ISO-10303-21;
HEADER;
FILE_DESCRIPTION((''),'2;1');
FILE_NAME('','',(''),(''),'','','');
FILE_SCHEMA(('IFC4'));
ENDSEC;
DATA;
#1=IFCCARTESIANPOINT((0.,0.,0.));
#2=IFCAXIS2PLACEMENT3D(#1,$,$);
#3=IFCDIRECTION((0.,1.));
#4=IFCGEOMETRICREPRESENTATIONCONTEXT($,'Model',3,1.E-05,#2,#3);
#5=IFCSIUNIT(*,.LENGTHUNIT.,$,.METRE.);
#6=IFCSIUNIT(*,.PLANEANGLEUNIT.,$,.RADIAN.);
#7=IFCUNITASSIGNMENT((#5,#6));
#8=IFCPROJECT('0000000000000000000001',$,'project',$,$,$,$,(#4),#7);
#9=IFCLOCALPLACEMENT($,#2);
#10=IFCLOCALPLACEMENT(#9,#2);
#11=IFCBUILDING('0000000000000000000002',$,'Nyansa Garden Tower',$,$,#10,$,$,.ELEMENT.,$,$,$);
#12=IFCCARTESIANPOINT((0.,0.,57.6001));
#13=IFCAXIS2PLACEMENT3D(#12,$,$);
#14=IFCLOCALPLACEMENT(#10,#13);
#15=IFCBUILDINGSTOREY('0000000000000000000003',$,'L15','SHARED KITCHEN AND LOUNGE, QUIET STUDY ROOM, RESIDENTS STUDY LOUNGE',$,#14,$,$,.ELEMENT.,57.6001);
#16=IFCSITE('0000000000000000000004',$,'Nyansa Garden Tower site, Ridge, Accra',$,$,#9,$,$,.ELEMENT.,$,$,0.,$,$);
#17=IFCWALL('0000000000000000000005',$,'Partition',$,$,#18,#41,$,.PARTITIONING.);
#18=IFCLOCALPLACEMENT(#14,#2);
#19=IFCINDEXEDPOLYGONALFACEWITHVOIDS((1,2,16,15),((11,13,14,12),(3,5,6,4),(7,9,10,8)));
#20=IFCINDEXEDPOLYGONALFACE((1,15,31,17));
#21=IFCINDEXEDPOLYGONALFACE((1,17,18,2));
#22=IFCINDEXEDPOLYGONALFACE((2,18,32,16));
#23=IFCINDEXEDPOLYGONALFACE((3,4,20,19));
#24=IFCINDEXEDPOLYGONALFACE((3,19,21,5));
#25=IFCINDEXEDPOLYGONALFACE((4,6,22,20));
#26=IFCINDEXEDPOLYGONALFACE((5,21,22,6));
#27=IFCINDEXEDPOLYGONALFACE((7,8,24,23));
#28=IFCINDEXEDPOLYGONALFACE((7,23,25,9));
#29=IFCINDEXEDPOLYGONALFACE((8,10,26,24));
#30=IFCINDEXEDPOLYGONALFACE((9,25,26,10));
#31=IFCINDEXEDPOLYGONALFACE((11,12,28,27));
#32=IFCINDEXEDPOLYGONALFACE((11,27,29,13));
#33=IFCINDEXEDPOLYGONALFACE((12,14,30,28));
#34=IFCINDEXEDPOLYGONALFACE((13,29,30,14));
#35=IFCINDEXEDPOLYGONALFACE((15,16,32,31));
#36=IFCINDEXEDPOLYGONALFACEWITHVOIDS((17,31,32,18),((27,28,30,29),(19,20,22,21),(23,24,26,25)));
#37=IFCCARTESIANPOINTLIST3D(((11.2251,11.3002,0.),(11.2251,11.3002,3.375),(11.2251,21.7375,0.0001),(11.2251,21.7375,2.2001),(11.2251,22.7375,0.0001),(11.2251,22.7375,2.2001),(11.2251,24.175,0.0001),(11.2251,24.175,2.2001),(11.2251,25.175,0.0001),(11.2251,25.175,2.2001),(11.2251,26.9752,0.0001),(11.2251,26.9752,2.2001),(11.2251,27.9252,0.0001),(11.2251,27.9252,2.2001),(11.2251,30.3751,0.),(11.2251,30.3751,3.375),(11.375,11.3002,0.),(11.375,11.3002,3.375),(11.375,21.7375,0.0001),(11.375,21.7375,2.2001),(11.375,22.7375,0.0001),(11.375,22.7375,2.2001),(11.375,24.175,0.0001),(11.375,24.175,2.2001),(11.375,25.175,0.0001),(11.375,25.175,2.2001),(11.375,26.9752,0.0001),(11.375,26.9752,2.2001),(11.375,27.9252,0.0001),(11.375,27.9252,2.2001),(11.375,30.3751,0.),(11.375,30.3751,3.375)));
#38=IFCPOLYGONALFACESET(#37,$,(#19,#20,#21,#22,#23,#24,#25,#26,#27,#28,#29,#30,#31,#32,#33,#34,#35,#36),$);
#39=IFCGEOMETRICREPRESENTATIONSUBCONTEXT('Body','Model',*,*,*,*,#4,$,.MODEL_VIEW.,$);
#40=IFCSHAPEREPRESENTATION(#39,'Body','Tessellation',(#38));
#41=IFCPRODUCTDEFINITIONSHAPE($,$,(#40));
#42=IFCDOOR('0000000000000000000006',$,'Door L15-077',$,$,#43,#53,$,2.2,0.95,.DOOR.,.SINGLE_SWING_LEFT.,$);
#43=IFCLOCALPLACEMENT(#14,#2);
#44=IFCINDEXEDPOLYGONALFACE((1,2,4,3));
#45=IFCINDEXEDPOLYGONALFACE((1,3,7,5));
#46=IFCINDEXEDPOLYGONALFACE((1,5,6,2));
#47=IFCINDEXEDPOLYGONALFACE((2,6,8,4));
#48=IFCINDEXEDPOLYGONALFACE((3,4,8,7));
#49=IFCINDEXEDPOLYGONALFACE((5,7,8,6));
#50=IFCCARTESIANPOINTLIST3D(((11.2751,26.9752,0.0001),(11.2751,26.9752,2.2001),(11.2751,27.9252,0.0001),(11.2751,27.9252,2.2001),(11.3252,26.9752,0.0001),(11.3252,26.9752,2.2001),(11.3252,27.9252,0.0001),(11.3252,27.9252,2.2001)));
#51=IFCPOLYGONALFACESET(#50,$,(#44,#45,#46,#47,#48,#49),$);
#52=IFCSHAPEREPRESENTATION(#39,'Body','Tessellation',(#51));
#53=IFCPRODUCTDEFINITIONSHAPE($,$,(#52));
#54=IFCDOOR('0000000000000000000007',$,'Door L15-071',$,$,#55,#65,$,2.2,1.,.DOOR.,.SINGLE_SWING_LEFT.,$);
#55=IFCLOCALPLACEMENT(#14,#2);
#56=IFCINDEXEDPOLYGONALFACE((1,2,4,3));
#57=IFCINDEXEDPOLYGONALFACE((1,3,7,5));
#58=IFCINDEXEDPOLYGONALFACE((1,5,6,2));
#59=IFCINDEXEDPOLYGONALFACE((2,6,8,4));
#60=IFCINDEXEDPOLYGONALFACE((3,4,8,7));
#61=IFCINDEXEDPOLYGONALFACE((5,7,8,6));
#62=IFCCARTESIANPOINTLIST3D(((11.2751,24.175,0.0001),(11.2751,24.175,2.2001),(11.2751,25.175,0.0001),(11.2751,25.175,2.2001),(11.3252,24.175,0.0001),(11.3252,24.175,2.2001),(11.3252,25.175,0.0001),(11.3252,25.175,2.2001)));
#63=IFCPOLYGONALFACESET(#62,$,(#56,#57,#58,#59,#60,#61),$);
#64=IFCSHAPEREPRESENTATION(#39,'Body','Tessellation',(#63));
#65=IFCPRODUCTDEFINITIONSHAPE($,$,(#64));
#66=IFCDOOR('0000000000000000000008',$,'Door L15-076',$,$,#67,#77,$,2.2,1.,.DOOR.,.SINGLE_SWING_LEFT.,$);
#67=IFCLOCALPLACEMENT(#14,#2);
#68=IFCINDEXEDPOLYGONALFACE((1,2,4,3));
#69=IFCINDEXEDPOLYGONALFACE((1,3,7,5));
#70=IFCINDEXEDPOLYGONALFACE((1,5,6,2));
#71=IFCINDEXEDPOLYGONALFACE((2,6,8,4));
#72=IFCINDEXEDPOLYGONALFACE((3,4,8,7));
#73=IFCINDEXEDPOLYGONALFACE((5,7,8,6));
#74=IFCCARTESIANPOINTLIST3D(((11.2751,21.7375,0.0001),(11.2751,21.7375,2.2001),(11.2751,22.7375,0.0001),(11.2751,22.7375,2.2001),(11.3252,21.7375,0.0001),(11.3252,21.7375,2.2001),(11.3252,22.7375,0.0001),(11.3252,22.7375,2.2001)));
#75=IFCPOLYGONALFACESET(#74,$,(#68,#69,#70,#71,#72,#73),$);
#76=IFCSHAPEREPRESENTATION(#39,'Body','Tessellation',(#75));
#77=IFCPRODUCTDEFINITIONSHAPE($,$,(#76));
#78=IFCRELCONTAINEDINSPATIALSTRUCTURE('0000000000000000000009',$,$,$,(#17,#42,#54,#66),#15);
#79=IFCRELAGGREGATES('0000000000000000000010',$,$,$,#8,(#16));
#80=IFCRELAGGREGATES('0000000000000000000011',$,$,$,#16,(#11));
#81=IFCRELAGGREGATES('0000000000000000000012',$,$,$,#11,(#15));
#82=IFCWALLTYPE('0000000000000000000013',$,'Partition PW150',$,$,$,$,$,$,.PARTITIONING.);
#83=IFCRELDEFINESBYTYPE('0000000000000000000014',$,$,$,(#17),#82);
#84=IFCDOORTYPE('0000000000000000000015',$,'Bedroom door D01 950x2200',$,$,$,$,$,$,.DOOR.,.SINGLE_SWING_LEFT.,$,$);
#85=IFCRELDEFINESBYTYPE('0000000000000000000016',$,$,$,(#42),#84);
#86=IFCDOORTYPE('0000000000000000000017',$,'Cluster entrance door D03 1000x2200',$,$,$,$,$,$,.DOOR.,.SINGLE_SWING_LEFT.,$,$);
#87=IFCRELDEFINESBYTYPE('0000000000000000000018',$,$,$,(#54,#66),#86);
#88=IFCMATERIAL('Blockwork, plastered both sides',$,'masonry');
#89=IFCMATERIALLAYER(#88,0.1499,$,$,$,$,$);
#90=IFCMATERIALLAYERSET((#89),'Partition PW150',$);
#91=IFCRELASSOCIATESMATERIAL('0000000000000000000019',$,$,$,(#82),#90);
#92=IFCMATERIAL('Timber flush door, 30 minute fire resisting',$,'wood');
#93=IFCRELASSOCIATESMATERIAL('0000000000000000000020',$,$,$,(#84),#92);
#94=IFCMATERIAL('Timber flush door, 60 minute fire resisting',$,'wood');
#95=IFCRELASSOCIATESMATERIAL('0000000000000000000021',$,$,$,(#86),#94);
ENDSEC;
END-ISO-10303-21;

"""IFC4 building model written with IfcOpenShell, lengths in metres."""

from ifc_helpers import new_model, si_unit, direction, frame, frame_2d, origin, place, context, subcontext, project, spatial, rectangle, extrude, material, layer, layer_set, type_object, element, fill, save


model = new_model("IFC4")

# Units and contexts
model_context = context("Model", 3, precision=1e-05, world=origin(), true_north=direction((0.0, 1.0)))
body_context = subcontext(model_context, "Body", "Model", "MODEL_VIEW")
ifc_project = project(units=[si_unit("LENGTHUNIT", "METRE"), si_unit("PLANEANGLEUNIT", "RADIAN")], contexts=[model_context])

# Site, building, storey
site_placement = place(None, origin())
site = spatial("IfcSite", under=ifc_project, at=site_placement, Name="Nyansa Garden Tower site, Ridge, Accra", CompositionType="ELEMENT", RefElevation=0.0)
building_placement = place(site_placement, origin())
building = spatial("IfcBuilding", under=site, at=building_placement, Name="Nyansa Garden Tower", CompositionType="ELEMENT")
storey_placement = place(building_placement, frame((0.0, 0.0, 57.6001)))
storey = spatial("IfcBuildingStorey", under=building, at=storey_placement, Name="L15", Description="SHARED KITCHEN AND LOUNGE, QUIET STUDY ROOM, RESIDENTS STUDY LOUNGE", CompositionType="ELEMENT", Elevation=57.6001)

# Shared definitions
ifc_material_1 = material(Name="Blockwork, plastered both sides", Category="masonry")
ifc_layer_1 = layer(ifc_material_1, 0.1499)
ifc_layer_set_1 = layer_set([ifc_layer_1], Name="Partition PW150")
wall_type_1 = type_object("IfcWallType", Name="Partition PW150", PredefinedType="PARTITIONING", material=ifc_layer_set_1)

# Wall, openings, doors
wall_1_placement = place(storey_placement, frame((11.3, 11.3, 0.0), z_axis=(0.0, 0.0, 1.0), x_axis=(0.0, 1.0, 0.0)))
wall_1 = element("IfcWall", 1, at=wall_1_placement, inside=storey, type_object=wall_type_1, Name="Partition", PredefinedType="PARTITIONING", context=body_context, shape_type="SweptSolid", body=[
    extrude(rectangle(XDim=19.075, YDim=0.1499, at=frame_2d((9.5376, 0.0))), origin(), (0.0, 0.0, 1.0), 3.375),
])
opening_1_placement = place(wall_1_placement, frame((12.875, 0.0, 0.0)))
opening_1 = element("IfcOpeningElement", 2, at=opening_1_placement, cuts=wall_1, PredefinedType="OPENING", context=body_context, shape_type="SweptSolid", body=[
    extrude(rectangle(XDim=1.0, YDim=2.2, at=frame_2d((0.5, 1.1001))), frame((0.0, 0.085, 0.0), z_axis=(0.0, -1.0, 0.0), x_axis=(1.0, 0.0, 0.0)), (0.0, 0.0, 1.0), 0.1699),
])
opening_2_placement = place(wall_1_placement, frame((10.4375, 0.0, 0.0)))
opening_2 = element("IfcOpeningElement", 3, at=opening_2_placement, cuts=wall_1, PredefinedType="OPENING", context=body_context, shape_type="SweptSolid", body=[
    extrude(rectangle(XDim=1.0, YDim=2.2, at=frame_2d((0.5, 1.1001))), frame((0.0, 0.085, 0.0), z_axis=(0.0, -1.0, 0.0), x_axis=(1.0, 0.0, 0.0)), (0.0, 0.0, 1.0), 0.1699),
])
opening_3_placement = place(wall_1_placement, frame((15.675, 0.0, 0.0)))
opening_3 = element("IfcOpeningElement", 4, at=opening_3_placement, cuts=wall_1, PredefinedType="OPENING", context=body_context, shape_type="SweptSolid", body=[
    extrude(rectangle(XDim=0.95, YDim=2.2, at=frame_2d((0.4751, 1.1001))), frame((0.0, 0.085, 0.0), z_axis=(0.0, -1.0, 0.0), x_axis=(1.0, 0.0, 0.0)), (0.0, 0.0, 1.0), 0.1699),
])
ifc_material_2 = material(Name="Timber flush door, 30 minute fire resisting", Category="wood")
door_type_1 = type_object("IfcDoorType", Name="Bedroom door D01 950x2200", OperationType="SINGLE_SWING_LEFT", PredefinedType="DOOR", material=ifc_material_2)
door_1_placement = place(opening_3_placement, origin())
door_1 = element("IfcDoor", 5, at=door_1_placement, inside=storey, type_object=door_type_1, Name="Door L15-077", OperationType="SINGLE_SWING_LEFT", OverallHeight=2.2, OverallWidth=0.95, PredefinedType="DOOR", context=body_context, shape_type="SweptSolid", body=[
    extrude(rectangle(XDim=0.95, YDim=2.2, at=frame_2d((0.4751, 1.1001))), frame((0.0, 0.0249, 0.0), z_axis=(0.0, -1.0, 0.0), x_axis=(1.0, 0.0, 0.0)), (0.0, 0.0, 1.0), 0.05),
])
fill(opening_3, door_1)
ifc_material_3 = material(Name="Timber flush door, 60 minute fire resisting", Category="wood")
door_type_2 = type_object("IfcDoorType", Name="Cluster entrance door D03 1000x2200", OperationType="SINGLE_SWING_LEFT", PredefinedType="DOOR", material=ifc_material_3)
door_2_placement = place(opening_1_placement, origin())
door_2 = element("IfcDoor", 6, at=door_2_placement, inside=storey, type_object=door_type_2, Name="Door L15-071", OperationType="SINGLE_SWING_LEFT", OverallHeight=2.2, OverallWidth=1.0, PredefinedType="DOOR", context=body_context, shape_type="SweptSolid", body=[
    extrude(rectangle(XDim=1.0, YDim=2.2, at=frame_2d((0.5, 1.1001))), frame((0.0, 0.0249, 0.0), z_axis=(0.0, -1.0, 0.0), x_axis=(1.0, 0.0, 0.0)), (0.0, 0.0, 1.0), 0.05),
])
fill(opening_1, door_2)
door_3_placement = place(opening_2_placement, origin())
door_3 = element("IfcDoor", 7, at=door_3_placement, inside=storey, type_object=door_type_2, Name="Door L15-076", OperationType="SINGLE_SWING_LEFT", OverallHeight=2.2, OverallWidth=1.0, PredefinedType="DOOR", context=body_context, shape_type="SweptSolid", body=[
    extrude(rectangle(XDim=1.0, YDim=2.2, at=frame_2d((0.5, 1.1001))), frame((0.0, 0.0249, 0.0), z_axis=(0.0, -1.0, 0.0), x_axis=(1.0, 0.0, 0.0)), (0.0, 0.0, 1.0), 0.05),
])
fill(opening_2, door_3)

save(model, "model.ifc")
